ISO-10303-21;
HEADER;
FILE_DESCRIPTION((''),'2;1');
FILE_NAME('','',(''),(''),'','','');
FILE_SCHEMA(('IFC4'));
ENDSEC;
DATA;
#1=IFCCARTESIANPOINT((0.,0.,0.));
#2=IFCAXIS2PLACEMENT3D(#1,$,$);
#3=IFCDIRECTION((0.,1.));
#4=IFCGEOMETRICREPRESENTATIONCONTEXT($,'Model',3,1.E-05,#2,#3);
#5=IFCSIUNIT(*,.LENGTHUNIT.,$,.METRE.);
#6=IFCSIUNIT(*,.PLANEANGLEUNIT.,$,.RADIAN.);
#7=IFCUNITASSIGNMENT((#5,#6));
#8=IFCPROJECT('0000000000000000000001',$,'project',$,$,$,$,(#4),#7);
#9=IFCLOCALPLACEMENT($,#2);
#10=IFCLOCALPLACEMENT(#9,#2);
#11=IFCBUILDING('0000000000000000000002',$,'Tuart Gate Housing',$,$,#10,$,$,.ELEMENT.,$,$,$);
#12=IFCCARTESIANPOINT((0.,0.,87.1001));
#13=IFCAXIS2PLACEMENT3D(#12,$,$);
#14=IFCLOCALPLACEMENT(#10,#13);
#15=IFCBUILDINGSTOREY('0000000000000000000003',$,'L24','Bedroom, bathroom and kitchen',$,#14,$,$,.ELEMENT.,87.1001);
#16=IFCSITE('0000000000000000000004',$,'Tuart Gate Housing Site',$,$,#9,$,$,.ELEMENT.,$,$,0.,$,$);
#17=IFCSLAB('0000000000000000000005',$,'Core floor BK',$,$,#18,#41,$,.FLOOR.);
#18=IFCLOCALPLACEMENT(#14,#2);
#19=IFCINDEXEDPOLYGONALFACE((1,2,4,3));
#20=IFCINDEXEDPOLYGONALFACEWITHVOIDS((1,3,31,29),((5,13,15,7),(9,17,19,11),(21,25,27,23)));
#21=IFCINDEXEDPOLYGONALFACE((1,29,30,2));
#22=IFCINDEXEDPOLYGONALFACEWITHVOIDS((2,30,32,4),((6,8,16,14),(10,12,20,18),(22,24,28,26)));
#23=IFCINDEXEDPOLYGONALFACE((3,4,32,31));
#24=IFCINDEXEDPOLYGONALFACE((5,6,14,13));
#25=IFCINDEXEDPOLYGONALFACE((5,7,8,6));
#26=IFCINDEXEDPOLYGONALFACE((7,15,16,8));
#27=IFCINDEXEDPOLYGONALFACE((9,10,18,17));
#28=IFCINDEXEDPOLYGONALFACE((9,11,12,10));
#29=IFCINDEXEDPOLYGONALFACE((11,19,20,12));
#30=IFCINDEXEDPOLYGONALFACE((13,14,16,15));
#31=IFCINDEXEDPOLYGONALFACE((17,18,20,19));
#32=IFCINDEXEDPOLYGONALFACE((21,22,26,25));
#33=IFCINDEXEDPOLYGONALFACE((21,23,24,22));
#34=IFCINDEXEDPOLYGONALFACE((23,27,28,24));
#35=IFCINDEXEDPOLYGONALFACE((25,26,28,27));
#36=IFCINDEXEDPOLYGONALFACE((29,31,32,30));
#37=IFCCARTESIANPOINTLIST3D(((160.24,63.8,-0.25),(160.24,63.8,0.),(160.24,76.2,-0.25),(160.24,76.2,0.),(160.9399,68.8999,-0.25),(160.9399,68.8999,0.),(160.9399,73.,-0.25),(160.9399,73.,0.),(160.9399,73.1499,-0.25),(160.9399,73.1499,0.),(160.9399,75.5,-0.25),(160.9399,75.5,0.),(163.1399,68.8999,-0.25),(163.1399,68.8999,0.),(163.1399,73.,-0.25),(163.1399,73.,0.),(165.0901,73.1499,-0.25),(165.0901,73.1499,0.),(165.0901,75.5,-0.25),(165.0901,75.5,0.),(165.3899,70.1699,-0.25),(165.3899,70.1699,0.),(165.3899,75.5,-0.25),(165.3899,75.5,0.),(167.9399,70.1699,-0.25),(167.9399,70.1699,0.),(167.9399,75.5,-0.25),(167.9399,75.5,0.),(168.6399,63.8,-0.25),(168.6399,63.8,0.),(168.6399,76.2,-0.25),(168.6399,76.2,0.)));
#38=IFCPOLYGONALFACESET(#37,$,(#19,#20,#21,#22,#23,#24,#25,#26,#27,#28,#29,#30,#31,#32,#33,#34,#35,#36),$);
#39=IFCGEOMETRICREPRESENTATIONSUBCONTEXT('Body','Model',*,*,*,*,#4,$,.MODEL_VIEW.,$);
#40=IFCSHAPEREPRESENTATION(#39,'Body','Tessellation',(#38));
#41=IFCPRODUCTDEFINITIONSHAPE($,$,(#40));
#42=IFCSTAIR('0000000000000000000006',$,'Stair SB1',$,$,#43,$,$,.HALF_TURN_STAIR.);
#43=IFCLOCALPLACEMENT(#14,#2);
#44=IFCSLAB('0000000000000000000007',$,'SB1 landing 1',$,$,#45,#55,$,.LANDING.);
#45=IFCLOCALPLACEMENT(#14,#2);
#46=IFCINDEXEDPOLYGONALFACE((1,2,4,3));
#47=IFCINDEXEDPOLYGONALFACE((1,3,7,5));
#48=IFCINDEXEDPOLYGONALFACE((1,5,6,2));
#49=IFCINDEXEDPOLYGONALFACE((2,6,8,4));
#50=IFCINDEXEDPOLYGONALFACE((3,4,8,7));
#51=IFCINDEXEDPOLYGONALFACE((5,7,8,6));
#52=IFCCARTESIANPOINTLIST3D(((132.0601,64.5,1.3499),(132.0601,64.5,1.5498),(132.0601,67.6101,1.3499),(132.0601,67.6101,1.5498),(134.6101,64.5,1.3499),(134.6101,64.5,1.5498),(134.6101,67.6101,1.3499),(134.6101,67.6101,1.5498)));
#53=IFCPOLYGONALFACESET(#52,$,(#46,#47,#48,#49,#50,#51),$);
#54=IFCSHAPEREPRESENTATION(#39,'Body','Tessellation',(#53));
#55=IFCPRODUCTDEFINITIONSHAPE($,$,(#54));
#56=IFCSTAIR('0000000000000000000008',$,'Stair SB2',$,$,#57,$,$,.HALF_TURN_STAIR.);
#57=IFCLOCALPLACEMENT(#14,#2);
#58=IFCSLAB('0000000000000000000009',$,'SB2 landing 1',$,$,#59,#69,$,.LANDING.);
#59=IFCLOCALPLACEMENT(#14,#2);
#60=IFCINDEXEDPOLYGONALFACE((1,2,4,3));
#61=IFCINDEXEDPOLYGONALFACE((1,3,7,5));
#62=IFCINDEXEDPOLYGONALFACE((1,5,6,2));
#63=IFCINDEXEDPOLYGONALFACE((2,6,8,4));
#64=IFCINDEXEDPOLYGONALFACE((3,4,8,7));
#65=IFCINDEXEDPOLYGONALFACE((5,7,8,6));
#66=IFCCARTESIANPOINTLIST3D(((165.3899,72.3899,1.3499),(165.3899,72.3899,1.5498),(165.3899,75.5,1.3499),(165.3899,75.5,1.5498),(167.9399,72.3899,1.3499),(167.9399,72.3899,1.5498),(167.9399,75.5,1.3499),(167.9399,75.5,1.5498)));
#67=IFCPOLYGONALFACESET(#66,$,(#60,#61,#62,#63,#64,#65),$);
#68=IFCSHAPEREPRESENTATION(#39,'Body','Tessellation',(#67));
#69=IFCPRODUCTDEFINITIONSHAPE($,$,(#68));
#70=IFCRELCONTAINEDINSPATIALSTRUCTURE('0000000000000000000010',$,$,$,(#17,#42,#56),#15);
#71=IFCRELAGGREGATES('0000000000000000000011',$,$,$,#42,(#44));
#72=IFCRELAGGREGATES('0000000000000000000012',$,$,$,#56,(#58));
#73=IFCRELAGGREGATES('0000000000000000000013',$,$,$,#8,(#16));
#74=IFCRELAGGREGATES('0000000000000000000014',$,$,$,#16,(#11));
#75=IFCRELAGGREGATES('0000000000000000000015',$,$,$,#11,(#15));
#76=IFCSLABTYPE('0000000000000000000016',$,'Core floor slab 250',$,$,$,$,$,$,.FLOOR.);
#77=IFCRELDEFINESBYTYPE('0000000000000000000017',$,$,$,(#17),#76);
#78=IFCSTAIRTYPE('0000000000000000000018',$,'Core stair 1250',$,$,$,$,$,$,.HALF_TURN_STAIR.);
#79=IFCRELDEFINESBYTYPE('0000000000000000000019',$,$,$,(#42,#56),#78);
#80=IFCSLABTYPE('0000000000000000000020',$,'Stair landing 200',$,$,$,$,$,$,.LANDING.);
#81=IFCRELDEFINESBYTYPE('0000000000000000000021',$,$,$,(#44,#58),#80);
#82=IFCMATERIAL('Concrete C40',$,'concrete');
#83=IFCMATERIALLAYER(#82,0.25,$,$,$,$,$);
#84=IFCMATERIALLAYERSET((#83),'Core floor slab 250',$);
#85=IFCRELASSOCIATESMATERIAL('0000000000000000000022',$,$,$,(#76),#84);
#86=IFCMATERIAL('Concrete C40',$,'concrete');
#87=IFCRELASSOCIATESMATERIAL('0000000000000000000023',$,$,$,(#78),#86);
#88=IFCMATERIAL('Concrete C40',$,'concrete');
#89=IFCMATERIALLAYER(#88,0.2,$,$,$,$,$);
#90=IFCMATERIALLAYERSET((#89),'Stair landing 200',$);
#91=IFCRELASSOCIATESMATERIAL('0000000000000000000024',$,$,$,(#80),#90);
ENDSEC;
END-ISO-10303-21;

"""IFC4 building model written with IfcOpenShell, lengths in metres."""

from ifc_helpers import new_model, si_unit, direction, frame, origin, place, context, subcontext, project, spatial, polyline, outline, extrude, material, layer, layer_set, type_object, element, aggregate, save


model = new_model("IFC4")

# Units and contexts
model_context = context("Model", 3, precision=1e-05, world=origin(), true_north=direction((0.0, 1.0)))
body_context = subcontext(model_context, "Body", "Model", "MODEL_VIEW")
ifc_project = project(units=[si_unit("LENGTHUNIT", "METRE"), si_unit("PLANEANGLEUNIT", "RADIAN")], contexts=[model_context])

# Site, building, storey
site_placement = place(None, origin())
site = spatial("IfcSite", under=ifc_project, at=site_placement, Name="Tuart Gate Housing Site", CompositionType="ELEMENT", RefElevation=0.0)
building_placement = place(site_placement, origin())
building = spatial("IfcBuilding", under=site, at=building_placement, Name="Tuart Gate Housing", CompositionType="ELEMENT")
storey_placement = place(building_placement, frame((0.0, 0.0, 87.1001)))
storey = spatial("IfcBuildingStorey", under=building, at=storey_placement, Name="L24", Description="Bedroom, bathroom and kitchen", CompositionType="ELEMENT", Elevation=87.1001)

# Slab
ifc_material_1 = material(Name="Concrete C40", Category="concrete")
ifc_layer_1 = layer(ifc_material_1, 0.25)
ifc_layer_set_1 = layer_set([ifc_layer_1], Name="Core floor slab 250")
slab_type_1 = type_object("IfcSlabType", Name="Core floor slab 250", PredefinedType="FLOOR", material=ifc_layer_set_1)
slab_1_placement = place(storey_placement, frame((0.0, 0.0, -0.25)))
element("IfcSlab", 1, at=slab_1_placement, inside=storey, type_object=slab_type_1, Name="Core floor BK", PredefinedType="FLOOR", context=body_context, shape_type="SweptSolid", body=[
    extrude(outline(polyline([(160.24, 63.8), (168.6399, 63.8), (168.6399, 76.2), (160.24, 76.2), (160.24, 63.8)]), holes=[polyline([(160.9399, 73.1499), (165.0901, 73.1499), (165.0901, 75.5), (160.9399, 75.5), (160.9399, 73.1499)]), polyline([(160.9399, 68.8999), (163.1399, 68.8999), (163.1399, 73.0), (160.9399, 73.0), (160.9399, 68.8999)]), polyline([(165.3899, 70.1699), (167.9399, 70.1699), (167.9399, 75.5), (165.3899, 75.5), (165.3899, 70.1699)])]), origin(), (0.0, 0.0, 1.0), 0.25),
])

# Stairs, slabs
ifc_material_2 = material(Name="Concrete C40", Category="concrete")
stair_type = type_object("IfcStairType", Name="Core stair 1250", PredefinedType="HALF_TURN_STAIR", material=ifc_material_2)
stair_1_placement = place(storey_placement, origin())
stair_1 = element("IfcStair", 2, at=stair_1_placement, inside=storey, type_object=stair_type, Name="Stair SB1", PredefinedType="HALF_TURN_STAIR")
ifc_material_3 = material(Name="Concrete C40", Category="concrete")
ifc_layer_2 = layer(ifc_material_3, 0.2)
ifc_layer_set_2 = layer_set([ifc_layer_2], Name="Stair landing 200")
slab_type_2 = type_object("IfcSlabType", Name="Stair landing 200", PredefinedType="LANDING", material=ifc_layer_set_2)
slab_2_placement = place(storey_placement, frame((0.0, 0.0, 1.3499)))
slab_2 = element("IfcSlab", 3, at=slab_2_placement, type_object=slab_type_2, Name="SB1 landing 1", PredefinedType="LANDING", context=body_context, shape_type="SweptSolid", body=[
    extrude(outline(polyline([(134.6101, 67.6101), (132.0601, 67.6101), (132.0601, 64.5), (134.6101, 64.5), (134.6101, 67.6101)])), origin(), (0.0, 0.0, 1.0), 0.2),
])
aggregate(stair_1, [slab_2])
stair_2_placement = place(storey_placement, origin())
stair_2 = element("IfcStair", 4, at=stair_2_placement, inside=storey, type_object=stair_type, Name="Stair SB2", PredefinedType="HALF_TURN_STAIR")
slab_3_placement = place(storey_placement, frame((0.0, 0.0, 1.3499)))
slab_3 = element("IfcSlab", 5, at=slab_3_placement, type_object=slab_type_2, Name="SB2 landing 1", PredefinedType="LANDING", context=body_context, shape_type="SweptSolid", body=[
    extrude(outline(polyline([(165.3899, 72.3899), (167.9399, 72.3899), (167.9399, 75.5), (165.3899, 75.5), (165.3899, 72.3899)])), origin(), (0.0, 0.0, 1.0), 0.2),
])
aggregate(stair_2, [slab_3])

save(model, "model.ifc")
